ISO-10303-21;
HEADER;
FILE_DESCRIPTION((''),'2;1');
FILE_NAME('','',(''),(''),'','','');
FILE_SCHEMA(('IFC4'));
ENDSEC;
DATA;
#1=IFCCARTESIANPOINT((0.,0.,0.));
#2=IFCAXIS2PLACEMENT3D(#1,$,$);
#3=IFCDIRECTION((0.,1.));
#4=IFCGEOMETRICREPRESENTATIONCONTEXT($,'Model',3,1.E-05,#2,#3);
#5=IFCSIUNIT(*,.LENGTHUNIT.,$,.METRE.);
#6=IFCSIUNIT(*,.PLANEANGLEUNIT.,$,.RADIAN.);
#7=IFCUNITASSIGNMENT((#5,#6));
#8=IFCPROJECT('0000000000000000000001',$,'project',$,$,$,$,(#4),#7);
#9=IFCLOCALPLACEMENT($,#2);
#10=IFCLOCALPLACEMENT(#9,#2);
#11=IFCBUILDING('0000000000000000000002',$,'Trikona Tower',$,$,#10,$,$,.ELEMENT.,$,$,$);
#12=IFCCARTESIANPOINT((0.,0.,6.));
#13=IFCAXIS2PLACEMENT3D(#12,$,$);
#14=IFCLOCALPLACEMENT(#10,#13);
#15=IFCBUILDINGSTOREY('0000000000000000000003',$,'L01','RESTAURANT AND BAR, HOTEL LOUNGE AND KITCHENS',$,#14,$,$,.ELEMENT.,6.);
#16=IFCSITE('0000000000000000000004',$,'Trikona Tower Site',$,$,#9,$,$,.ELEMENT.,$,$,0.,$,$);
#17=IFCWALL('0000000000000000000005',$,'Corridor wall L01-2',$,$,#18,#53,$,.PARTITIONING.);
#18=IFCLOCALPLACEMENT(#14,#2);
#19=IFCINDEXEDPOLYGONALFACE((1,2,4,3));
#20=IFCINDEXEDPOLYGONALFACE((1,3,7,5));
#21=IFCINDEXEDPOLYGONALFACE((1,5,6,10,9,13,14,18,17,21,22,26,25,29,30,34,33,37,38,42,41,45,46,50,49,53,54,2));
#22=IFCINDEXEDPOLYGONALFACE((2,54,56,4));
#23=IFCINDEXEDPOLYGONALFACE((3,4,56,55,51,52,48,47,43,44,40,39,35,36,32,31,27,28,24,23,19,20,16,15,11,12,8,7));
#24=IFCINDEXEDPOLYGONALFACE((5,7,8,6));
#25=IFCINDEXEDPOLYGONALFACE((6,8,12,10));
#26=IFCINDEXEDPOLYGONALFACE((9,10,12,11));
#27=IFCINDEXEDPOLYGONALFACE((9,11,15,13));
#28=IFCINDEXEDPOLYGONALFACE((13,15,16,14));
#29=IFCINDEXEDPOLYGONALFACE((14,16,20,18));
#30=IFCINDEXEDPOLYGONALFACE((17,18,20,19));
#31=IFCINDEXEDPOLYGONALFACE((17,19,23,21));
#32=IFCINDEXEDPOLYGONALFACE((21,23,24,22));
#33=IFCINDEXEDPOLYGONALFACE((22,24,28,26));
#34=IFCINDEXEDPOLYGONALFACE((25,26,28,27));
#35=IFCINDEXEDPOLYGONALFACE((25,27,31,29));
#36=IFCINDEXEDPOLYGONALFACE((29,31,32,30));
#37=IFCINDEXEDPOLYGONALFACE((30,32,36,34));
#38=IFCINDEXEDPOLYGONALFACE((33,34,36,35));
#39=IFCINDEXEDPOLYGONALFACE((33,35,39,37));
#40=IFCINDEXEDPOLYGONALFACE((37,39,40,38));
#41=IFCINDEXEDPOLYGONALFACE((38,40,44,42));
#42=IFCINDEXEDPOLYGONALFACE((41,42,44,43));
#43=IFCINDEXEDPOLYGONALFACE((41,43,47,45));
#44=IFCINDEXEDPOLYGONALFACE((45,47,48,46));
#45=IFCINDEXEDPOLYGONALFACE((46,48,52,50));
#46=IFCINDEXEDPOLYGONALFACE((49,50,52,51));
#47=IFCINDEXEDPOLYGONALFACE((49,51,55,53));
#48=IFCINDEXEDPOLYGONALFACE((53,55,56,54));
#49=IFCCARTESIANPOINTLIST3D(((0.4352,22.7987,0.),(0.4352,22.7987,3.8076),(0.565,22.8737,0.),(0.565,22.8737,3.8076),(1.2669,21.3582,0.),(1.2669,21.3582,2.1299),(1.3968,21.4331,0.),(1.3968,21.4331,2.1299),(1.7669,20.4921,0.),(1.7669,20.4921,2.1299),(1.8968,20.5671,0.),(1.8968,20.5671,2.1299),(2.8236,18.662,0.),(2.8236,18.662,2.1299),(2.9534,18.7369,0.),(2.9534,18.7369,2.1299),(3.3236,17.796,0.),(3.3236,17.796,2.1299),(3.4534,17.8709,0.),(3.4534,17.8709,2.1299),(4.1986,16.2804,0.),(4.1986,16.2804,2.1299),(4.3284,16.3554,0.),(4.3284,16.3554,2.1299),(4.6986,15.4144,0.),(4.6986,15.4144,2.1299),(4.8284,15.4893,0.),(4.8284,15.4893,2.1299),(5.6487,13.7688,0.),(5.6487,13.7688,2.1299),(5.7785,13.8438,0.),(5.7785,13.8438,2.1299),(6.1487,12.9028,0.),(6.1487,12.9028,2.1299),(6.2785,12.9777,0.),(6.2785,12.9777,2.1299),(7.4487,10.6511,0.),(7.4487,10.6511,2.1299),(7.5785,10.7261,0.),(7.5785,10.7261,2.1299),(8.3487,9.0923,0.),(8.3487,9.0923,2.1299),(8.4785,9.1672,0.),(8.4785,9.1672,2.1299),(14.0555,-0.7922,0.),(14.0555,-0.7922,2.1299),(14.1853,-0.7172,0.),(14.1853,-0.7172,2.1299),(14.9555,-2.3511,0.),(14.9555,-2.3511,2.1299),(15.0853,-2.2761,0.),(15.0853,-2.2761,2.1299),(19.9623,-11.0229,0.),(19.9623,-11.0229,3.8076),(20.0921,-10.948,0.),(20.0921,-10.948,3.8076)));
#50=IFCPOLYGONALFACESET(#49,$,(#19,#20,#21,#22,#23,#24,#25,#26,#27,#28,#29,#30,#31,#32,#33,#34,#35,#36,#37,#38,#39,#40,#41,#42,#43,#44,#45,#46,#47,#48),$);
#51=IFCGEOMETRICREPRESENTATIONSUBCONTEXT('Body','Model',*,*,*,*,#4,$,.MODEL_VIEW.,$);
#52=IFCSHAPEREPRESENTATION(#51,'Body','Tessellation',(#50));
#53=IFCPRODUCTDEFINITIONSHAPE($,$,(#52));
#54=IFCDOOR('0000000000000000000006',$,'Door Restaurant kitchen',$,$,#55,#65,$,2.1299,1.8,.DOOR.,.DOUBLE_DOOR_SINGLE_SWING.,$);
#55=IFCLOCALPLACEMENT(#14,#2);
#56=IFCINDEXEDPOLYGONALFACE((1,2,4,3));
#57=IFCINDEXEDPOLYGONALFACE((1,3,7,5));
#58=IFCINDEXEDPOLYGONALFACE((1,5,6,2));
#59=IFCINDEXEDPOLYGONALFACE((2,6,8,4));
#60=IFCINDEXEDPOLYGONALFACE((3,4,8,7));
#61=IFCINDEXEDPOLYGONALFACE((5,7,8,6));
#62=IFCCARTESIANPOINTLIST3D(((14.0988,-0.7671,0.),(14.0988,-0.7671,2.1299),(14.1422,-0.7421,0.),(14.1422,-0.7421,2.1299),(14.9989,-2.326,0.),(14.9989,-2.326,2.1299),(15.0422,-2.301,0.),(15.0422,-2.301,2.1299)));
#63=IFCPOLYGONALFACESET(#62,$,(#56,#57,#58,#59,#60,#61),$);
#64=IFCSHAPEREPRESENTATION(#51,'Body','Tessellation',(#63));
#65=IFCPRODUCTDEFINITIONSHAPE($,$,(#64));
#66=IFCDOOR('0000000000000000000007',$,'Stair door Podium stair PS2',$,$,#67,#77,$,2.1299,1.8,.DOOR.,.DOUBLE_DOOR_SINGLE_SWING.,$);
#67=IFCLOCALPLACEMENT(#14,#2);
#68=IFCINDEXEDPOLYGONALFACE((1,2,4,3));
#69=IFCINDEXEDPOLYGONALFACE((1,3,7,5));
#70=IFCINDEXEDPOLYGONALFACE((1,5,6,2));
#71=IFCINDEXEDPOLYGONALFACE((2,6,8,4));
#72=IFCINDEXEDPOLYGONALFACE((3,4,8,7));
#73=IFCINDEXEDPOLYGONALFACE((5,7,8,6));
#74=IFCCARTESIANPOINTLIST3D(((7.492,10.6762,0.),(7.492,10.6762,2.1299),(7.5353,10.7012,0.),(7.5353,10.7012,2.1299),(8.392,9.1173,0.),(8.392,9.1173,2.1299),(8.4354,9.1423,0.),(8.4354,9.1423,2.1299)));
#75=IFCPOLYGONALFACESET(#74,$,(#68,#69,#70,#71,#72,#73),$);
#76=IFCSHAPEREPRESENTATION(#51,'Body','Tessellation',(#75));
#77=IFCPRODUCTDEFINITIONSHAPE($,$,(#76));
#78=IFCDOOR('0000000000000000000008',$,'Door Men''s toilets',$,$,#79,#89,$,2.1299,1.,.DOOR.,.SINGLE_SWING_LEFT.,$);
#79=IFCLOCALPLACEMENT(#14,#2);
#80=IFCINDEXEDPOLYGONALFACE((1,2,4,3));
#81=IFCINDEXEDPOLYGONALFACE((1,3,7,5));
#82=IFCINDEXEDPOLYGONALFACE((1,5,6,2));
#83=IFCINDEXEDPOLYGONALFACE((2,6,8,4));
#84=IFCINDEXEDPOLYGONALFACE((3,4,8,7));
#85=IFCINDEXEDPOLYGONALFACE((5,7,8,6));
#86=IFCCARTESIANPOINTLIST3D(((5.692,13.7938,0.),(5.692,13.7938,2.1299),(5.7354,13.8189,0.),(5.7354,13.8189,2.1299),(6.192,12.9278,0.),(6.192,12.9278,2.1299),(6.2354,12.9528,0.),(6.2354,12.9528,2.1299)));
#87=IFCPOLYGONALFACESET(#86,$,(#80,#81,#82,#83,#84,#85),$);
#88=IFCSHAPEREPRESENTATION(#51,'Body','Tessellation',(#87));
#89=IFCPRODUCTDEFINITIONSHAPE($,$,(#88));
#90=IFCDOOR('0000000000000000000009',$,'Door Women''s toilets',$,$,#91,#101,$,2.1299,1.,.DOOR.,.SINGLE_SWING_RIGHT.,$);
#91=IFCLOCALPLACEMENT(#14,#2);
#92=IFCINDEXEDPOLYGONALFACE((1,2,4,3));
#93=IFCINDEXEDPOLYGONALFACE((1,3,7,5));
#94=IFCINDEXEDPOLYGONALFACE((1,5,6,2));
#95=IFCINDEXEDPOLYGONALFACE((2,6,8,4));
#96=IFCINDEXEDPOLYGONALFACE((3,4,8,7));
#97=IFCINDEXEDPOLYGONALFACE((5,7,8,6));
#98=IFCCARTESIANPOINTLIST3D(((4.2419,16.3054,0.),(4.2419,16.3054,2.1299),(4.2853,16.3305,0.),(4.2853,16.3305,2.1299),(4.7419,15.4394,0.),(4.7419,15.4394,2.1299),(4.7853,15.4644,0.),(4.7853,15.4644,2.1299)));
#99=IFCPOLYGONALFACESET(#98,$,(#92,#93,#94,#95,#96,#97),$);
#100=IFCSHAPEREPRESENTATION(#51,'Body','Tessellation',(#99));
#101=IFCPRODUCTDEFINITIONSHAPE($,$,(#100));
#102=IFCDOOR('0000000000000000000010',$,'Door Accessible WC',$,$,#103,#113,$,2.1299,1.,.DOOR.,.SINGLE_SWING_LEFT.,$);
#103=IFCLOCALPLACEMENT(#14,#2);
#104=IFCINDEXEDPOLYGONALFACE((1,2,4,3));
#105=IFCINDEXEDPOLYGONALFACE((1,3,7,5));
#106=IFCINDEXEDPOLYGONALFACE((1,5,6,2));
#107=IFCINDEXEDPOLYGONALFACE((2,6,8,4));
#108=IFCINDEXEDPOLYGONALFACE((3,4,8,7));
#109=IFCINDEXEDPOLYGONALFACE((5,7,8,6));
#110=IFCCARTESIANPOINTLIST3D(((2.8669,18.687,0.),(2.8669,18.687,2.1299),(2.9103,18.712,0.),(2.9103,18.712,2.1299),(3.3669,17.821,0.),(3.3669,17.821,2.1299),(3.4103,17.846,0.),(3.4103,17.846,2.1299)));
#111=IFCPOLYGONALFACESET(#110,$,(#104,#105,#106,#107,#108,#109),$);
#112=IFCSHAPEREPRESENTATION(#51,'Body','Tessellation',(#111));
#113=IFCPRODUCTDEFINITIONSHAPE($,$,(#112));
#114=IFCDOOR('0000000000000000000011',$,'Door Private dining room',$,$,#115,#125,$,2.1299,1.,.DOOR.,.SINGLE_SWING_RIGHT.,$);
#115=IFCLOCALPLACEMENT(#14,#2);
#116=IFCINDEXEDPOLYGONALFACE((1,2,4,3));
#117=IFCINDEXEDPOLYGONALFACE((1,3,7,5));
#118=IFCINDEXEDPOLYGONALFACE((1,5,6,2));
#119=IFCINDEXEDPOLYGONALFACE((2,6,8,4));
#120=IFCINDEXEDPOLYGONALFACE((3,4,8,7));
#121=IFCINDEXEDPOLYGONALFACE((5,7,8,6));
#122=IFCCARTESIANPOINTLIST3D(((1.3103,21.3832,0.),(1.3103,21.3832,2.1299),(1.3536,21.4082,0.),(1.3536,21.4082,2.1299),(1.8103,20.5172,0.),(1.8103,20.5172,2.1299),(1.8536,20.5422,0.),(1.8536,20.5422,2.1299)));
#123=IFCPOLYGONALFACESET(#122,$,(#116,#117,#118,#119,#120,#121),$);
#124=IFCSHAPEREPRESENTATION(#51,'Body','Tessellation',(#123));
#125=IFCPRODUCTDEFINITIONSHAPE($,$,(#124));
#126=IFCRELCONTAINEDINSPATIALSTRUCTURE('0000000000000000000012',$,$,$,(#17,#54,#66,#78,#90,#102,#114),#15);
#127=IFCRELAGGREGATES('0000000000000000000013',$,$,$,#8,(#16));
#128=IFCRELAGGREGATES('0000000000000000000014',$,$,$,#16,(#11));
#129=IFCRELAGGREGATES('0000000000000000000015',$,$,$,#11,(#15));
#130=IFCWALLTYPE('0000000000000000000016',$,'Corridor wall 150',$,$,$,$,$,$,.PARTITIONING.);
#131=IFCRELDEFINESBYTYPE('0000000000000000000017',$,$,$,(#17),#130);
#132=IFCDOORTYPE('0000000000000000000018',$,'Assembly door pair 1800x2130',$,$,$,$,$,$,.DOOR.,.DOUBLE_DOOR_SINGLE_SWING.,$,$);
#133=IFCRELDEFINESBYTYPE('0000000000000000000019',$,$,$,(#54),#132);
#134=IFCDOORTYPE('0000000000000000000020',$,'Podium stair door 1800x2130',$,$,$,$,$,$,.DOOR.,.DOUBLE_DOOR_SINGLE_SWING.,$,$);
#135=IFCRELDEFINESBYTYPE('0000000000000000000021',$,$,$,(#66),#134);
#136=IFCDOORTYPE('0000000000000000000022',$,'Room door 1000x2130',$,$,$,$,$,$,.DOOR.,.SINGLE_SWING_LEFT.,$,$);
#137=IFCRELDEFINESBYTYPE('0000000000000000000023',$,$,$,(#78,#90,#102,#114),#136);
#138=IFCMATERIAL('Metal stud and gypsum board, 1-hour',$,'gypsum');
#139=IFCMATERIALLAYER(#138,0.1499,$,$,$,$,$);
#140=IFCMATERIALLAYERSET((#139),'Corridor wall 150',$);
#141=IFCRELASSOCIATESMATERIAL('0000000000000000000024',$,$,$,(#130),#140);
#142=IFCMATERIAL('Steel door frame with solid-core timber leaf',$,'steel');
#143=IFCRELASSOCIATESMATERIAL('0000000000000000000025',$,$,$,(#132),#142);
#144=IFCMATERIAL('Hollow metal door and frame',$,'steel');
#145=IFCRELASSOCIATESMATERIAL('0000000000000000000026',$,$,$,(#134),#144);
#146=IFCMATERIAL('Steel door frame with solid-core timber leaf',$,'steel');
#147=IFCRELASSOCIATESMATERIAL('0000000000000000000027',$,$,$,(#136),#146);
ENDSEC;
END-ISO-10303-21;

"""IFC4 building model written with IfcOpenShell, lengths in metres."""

from ifc_helpers import new_model, si_unit, direction, frame, frame_2d, origin, place, context, subcontext, project, spatial, rectangle, extrude, material, layer, layer_set, type_object, element, fill, save


model = new_model("IFC4")

# Units and contexts
model_context = context("Model", 3, precision=1e-05, world=origin(), true_north=direction((0.0, 1.0)))
body_context = subcontext(model_context, "Body", "Model", "MODEL_VIEW")
ifc_project = project(units=[si_unit("LENGTHUNIT", "METRE"), si_unit("PLANEANGLEUNIT", "RADIAN")], contexts=[model_context])

# Site, building, storey
site_placement = place(None, origin())
site = spatial("IfcSite", under=ifc_project, at=site_placement, Name="Trikona Tower Site", CompositionType="ELEMENT", RefElevation=0.0)
building_placement = place(site_placement, origin())
building = spatial("IfcBuilding", under=site, at=building_placement, Name="Trikona Tower", CompositionType="ELEMENT")
storey_placement = place(building_placement, frame((0.0, 0.0, 6.0)))
storey = spatial("IfcBuildingStorey", under=building, at=storey_placement, Name="L01", Description="RESTAURANT AND BAR, HOTEL LOUNGE AND KITCHENS", CompositionType="ELEMENT", Elevation=6.0)

# Wall, openings, doors
ifc_material_1 = material(Name="Metal stud and gypsum board, 1-hour", Category="gypsum")
ifc_layer_1 = layer(ifc_material_1, 0.1499)
ifc_layer_set_1 = layer_set([ifc_layer_1], Name="Corridor wall 150")
wall_type_1 = type_object("IfcWallType", Name="Corridor wall 150", PredefinedType="PARTITIONING", material=ifc_layer_set_1)
wall_1_placement = place(storey_placement, frame((20.0271, -10.9854, 0.0), z_axis=(0.0, 0.0, 1.0), x_axis=(-0.500002, 0.866024, 0.0)))
wall_1 = element("IfcWall", 1, at=wall_1_placement, inside=storey, type_object=wall_type_1, Name="Corridor wall L01-2", PredefinedType="PARTITIONING", context=body_context, shape_type="SweptSolid", body=[
    extrude(rectangle(XDim=39.054, YDim=0.1499, at=frame_2d((19.5269, 0.0))), origin(), (0.0, 0.0, 1.0), 3.8076),
])
opening_1_placement = place(wall_1_placement, frame((10.0134, 0.0, 0.0)))
opening_1 = element("IfcOpeningElement", 2, at=opening_1_placement, cuts=wall_1, PredefinedType="OPENING", context=body_context, shape_type="SweptSolid", body=[
    extrude(rectangle(XDim=1.8, YDim=2.1299, at=frame_2d((0.8999, 1.0649))), frame((0.0, 0.085, 0.0), z_axis=(0.0, -1.0, 0.0), x_axis=(1.0, 0.0, 0.0)), (0.0, 0.0, 1.0), 0.1699),
])
opening_2_placement = place(wall_1_placement, frame((23.2271, 0.0, 0.0)))
opening_2 = element("IfcOpeningElement", 3, at=opening_2_placement, cuts=wall_1, PredefinedType="OPENING", context=body_context, shape_type="SweptSolid", body=[
    extrude(rectangle(XDim=1.8, YDim=2.1299, at=frame_2d((0.8999, 1.0649))), frame((0.0, 0.085, 0.0), z_axis=(0.0, -1.0, 0.0), x_axis=(1.0, 0.0, 0.0)), (0.0, 0.0, 1.0), 0.1699),
])
opening_3_placement = place(wall_1_placement, frame((27.627, 0.0, 0.0)))
opening_3 = element("IfcOpeningElement", 4, at=opening_3_placement, cuts=wall_1, PredefinedType="OPENING", context=body_context, shape_type="SweptSolid", body=[
    extrude(rectangle(XDim=1.0, YDim=2.1299, at=frame_2d((0.5, 1.0649))), frame((0.0, 0.085, 0.0), z_axis=(0.0, -1.0, 0.0), x_axis=(1.0, 0.0, 0.0)), (0.0, 0.0, 1.0), 0.1699),
])
opening_4_placement = place(wall_1_placement, frame((30.5271, 0.0, 0.0)))
opening_4 = element("IfcOpeningElement", 5, at=opening_4_placement, cuts=wall_1, PredefinedType="OPENING", context=body_context, shape_type="SweptSolid", body=[
    extrude(rectangle(XDim=1.0, YDim=2.1299, at=frame_2d((0.5, 1.0649))), frame((0.0, 0.085, 0.0), z_axis=(0.0, -1.0, 0.0), x_axis=(1.0, 0.0, 0.0)), (0.0, 0.0, 1.0), 0.1699),
])
opening_5_placement = place(wall_1_placement, frame((33.2771, 0.0, 0.0)))
opening_5 = element("IfcOpeningElement", 6, at=opening_5_placement, cuts=wall_1, PredefinedType="OPENING", context=body_context, shape_type="SweptSolid", body=[
    extrude(rectangle(XDim=1.0, YDim=2.1299, at=frame_2d((0.5, 1.0649))), frame((0.0, 0.085, 0.0), z_axis=(0.0, -1.0, 0.0), x_axis=(1.0, 0.0, 0.0)), (0.0, 0.0, 1.0), 0.1699),
])
opening_6_placement = place(wall_1_placement, frame((36.3904, 0.0, 0.0)))
opening_6 = element("IfcOpeningElement", 7, at=opening_6_placement, cuts=wall_1, PredefinedType="OPENING", context=body_context, shape_type="SweptSolid", body=[
    extrude(rectangle(XDim=1.0, YDim=2.1299, at=frame_2d((0.5, 1.0649))), frame((0.0, 0.085, 0.0), z_axis=(0.0, -1.0, 0.0), x_axis=(1.0, 0.0, 0.0)), (0.0, 0.0, 1.0), 0.1699),
])
ifc_material_2 = material(Name="Steel door frame with solid-core timber leaf", Category="steel")
door_type_1 = type_object("IfcDoorType", Name="Assembly door pair 1800x2130", OperationType="DOUBLE_DOOR_SINGLE_SWING", PredefinedType="DOOR", material=ifc_material_2)
door_1_placement = place(opening_1_placement, origin())
door_1 = element("IfcDoor", 8, at=door_1_placement, inside=storey, type_object=door_type_1, Name="Door Restaurant kitchen", OperationType="DOUBLE_DOOR_SINGLE_SWING", OverallHeight=2.1299, OverallWidth=1.8, PredefinedType="DOOR", context=body_context, shape_type="SweptSolid", body=[
    extrude(rectangle(XDim=1.8, YDim=2.1299, at=frame_2d((0.8999, 1.0649))), frame((0.0, 0.0249, 0.0), z_axis=(0.0, -1.0, 0.0), x_axis=(1.0, 0.0, 0.0)), (0.0, 0.0, 1.0), 0.05),
])
fill(opening_1, door_1)
ifc_material_3 = material(Name="Hollow metal door and frame", Category="steel")
door_type_2 = type_object("IfcDoorType", Name="Podium stair door 1800x2130", OperationType="DOUBLE_DOOR_SINGLE_SWING", PredefinedType="DOOR", material=ifc_material_3)
door_2_placement = place(opening_2_placement, origin())
door_2 = element("IfcDoor", 9, at=door_2_placement, inside=storey, type_object=door_type_2, Name="Stair door Podium stair PS2", OperationType="DOUBLE_DOOR_SINGLE_SWING", OverallHeight=2.1299, OverallWidth=1.8, PredefinedType="DOOR", context=body_context, shape_type="SweptSolid", body=[
    extrude(rectangle(XDim=1.8, YDim=2.1299, at=frame_2d((0.8999, 1.0649))), frame((0.0, 0.0249, 0.0), z_axis=(0.0, -1.0, 0.0), x_axis=(1.0, 0.0, 0.0)), (0.0, 0.0, 1.0), 0.05),
])
fill(opening_2, door_2)
ifc_material_4 = material(Name="Steel door frame with solid-core timber leaf", Category="steel")
door_type_3 = type_object("IfcDoorType", Name="Room door 1000x2130", OperationType="SINGLE_SWING_LEFT", PredefinedType="DOOR", material=ifc_material_4)
door_3_placement = place(opening_3_placement, origin())
door_3 = element("IfcDoor", 10, at=door_3_placement, inside=storey, type_object=door_type_3, Name="Door Men's toilets", OperationType="SINGLE_SWING_LEFT", OverallHeight=2.1299, OverallWidth=1.0, PredefinedType="DOOR", context=body_context, shape_type="SweptSolid", body=[
    extrude(rectangle(XDim=1.0, YDim=2.1299, at=frame_2d((0.5, 1.0649))), frame((0.0, 0.0249, 0.0), z_axis=(0.0, -1.0, 0.0), x_axis=(1.0, 0.0, 0.0)), (0.0, 0.0, 1.0), 0.05),
])
fill(opening_3, door_3)
door_4_placement = place(opening_4_placement, origin())
door_4 = element("IfcDoor", 11, at=door_4_placement, inside=storey, type_object=door_type_3, Name="Door Women's toilets", OperationType="SINGLE_SWING_RIGHT", OverallHeight=2.1299, OverallWidth=1.0, PredefinedType="DOOR", context=body_context, shape_type="SweptSolid", body=[
    extrude(rectangle(XDim=1.0, YDim=2.1299, at=frame_2d((0.5, 1.0649))), frame((0.0, 0.0249, 0.0), z_axis=(0.0, -1.0, 0.0), x_axis=(1.0, 0.0, 0.0)), (0.0, 0.0, 1.0), 0.05),
])
fill(opening_4, door_4)
door_5_placement = place(opening_5_placement, origin())
door_5 = element("IfcDoor", 12, at=door_5_placement, inside=storey, type_object=door_type_3, Name="Door Accessible WC", OperationType="SINGLE_SWING_LEFT", OverallHeight=2.1299, OverallWidth=1.0, PredefinedType="DOOR", context=body_context, shape_type="SweptSolid", body=[
    extrude(rectangle(XDim=1.0, YDim=2.1299, at=frame_2d((0.5, 1.0649))), frame((0.0, 0.0249, 0.0), z_axis=(0.0, -1.0, 0.0), x_axis=(1.0, 0.0, 0.0)), (0.0, 0.0, 1.0), 0.05),
])
fill(opening_5, door_5)
door_6_placement = place(opening_6_placement, origin())
door_6 = element("IfcDoor", 13, at=door_6_placement, inside=storey, type_object=door_type_3, Name="Door Private dining room", OperationType="SINGLE_SWING_RIGHT", OverallHeight=2.1299, OverallWidth=1.0, PredefinedType="DOOR", context=body_context, shape_type="SweptSolid", body=[
    extrude(rectangle(XDim=1.0, YDim=2.1299, at=frame_2d((0.5, 1.0649))), frame((0.0, 0.0249, 0.0), z_axis=(0.0, -1.0, 0.0), x_axis=(1.0, 0.0, 0.0)), (0.0, 0.0, 1.0), 0.05),
])
fill(opening_6, door_6)

save(model, "model.ifc")
